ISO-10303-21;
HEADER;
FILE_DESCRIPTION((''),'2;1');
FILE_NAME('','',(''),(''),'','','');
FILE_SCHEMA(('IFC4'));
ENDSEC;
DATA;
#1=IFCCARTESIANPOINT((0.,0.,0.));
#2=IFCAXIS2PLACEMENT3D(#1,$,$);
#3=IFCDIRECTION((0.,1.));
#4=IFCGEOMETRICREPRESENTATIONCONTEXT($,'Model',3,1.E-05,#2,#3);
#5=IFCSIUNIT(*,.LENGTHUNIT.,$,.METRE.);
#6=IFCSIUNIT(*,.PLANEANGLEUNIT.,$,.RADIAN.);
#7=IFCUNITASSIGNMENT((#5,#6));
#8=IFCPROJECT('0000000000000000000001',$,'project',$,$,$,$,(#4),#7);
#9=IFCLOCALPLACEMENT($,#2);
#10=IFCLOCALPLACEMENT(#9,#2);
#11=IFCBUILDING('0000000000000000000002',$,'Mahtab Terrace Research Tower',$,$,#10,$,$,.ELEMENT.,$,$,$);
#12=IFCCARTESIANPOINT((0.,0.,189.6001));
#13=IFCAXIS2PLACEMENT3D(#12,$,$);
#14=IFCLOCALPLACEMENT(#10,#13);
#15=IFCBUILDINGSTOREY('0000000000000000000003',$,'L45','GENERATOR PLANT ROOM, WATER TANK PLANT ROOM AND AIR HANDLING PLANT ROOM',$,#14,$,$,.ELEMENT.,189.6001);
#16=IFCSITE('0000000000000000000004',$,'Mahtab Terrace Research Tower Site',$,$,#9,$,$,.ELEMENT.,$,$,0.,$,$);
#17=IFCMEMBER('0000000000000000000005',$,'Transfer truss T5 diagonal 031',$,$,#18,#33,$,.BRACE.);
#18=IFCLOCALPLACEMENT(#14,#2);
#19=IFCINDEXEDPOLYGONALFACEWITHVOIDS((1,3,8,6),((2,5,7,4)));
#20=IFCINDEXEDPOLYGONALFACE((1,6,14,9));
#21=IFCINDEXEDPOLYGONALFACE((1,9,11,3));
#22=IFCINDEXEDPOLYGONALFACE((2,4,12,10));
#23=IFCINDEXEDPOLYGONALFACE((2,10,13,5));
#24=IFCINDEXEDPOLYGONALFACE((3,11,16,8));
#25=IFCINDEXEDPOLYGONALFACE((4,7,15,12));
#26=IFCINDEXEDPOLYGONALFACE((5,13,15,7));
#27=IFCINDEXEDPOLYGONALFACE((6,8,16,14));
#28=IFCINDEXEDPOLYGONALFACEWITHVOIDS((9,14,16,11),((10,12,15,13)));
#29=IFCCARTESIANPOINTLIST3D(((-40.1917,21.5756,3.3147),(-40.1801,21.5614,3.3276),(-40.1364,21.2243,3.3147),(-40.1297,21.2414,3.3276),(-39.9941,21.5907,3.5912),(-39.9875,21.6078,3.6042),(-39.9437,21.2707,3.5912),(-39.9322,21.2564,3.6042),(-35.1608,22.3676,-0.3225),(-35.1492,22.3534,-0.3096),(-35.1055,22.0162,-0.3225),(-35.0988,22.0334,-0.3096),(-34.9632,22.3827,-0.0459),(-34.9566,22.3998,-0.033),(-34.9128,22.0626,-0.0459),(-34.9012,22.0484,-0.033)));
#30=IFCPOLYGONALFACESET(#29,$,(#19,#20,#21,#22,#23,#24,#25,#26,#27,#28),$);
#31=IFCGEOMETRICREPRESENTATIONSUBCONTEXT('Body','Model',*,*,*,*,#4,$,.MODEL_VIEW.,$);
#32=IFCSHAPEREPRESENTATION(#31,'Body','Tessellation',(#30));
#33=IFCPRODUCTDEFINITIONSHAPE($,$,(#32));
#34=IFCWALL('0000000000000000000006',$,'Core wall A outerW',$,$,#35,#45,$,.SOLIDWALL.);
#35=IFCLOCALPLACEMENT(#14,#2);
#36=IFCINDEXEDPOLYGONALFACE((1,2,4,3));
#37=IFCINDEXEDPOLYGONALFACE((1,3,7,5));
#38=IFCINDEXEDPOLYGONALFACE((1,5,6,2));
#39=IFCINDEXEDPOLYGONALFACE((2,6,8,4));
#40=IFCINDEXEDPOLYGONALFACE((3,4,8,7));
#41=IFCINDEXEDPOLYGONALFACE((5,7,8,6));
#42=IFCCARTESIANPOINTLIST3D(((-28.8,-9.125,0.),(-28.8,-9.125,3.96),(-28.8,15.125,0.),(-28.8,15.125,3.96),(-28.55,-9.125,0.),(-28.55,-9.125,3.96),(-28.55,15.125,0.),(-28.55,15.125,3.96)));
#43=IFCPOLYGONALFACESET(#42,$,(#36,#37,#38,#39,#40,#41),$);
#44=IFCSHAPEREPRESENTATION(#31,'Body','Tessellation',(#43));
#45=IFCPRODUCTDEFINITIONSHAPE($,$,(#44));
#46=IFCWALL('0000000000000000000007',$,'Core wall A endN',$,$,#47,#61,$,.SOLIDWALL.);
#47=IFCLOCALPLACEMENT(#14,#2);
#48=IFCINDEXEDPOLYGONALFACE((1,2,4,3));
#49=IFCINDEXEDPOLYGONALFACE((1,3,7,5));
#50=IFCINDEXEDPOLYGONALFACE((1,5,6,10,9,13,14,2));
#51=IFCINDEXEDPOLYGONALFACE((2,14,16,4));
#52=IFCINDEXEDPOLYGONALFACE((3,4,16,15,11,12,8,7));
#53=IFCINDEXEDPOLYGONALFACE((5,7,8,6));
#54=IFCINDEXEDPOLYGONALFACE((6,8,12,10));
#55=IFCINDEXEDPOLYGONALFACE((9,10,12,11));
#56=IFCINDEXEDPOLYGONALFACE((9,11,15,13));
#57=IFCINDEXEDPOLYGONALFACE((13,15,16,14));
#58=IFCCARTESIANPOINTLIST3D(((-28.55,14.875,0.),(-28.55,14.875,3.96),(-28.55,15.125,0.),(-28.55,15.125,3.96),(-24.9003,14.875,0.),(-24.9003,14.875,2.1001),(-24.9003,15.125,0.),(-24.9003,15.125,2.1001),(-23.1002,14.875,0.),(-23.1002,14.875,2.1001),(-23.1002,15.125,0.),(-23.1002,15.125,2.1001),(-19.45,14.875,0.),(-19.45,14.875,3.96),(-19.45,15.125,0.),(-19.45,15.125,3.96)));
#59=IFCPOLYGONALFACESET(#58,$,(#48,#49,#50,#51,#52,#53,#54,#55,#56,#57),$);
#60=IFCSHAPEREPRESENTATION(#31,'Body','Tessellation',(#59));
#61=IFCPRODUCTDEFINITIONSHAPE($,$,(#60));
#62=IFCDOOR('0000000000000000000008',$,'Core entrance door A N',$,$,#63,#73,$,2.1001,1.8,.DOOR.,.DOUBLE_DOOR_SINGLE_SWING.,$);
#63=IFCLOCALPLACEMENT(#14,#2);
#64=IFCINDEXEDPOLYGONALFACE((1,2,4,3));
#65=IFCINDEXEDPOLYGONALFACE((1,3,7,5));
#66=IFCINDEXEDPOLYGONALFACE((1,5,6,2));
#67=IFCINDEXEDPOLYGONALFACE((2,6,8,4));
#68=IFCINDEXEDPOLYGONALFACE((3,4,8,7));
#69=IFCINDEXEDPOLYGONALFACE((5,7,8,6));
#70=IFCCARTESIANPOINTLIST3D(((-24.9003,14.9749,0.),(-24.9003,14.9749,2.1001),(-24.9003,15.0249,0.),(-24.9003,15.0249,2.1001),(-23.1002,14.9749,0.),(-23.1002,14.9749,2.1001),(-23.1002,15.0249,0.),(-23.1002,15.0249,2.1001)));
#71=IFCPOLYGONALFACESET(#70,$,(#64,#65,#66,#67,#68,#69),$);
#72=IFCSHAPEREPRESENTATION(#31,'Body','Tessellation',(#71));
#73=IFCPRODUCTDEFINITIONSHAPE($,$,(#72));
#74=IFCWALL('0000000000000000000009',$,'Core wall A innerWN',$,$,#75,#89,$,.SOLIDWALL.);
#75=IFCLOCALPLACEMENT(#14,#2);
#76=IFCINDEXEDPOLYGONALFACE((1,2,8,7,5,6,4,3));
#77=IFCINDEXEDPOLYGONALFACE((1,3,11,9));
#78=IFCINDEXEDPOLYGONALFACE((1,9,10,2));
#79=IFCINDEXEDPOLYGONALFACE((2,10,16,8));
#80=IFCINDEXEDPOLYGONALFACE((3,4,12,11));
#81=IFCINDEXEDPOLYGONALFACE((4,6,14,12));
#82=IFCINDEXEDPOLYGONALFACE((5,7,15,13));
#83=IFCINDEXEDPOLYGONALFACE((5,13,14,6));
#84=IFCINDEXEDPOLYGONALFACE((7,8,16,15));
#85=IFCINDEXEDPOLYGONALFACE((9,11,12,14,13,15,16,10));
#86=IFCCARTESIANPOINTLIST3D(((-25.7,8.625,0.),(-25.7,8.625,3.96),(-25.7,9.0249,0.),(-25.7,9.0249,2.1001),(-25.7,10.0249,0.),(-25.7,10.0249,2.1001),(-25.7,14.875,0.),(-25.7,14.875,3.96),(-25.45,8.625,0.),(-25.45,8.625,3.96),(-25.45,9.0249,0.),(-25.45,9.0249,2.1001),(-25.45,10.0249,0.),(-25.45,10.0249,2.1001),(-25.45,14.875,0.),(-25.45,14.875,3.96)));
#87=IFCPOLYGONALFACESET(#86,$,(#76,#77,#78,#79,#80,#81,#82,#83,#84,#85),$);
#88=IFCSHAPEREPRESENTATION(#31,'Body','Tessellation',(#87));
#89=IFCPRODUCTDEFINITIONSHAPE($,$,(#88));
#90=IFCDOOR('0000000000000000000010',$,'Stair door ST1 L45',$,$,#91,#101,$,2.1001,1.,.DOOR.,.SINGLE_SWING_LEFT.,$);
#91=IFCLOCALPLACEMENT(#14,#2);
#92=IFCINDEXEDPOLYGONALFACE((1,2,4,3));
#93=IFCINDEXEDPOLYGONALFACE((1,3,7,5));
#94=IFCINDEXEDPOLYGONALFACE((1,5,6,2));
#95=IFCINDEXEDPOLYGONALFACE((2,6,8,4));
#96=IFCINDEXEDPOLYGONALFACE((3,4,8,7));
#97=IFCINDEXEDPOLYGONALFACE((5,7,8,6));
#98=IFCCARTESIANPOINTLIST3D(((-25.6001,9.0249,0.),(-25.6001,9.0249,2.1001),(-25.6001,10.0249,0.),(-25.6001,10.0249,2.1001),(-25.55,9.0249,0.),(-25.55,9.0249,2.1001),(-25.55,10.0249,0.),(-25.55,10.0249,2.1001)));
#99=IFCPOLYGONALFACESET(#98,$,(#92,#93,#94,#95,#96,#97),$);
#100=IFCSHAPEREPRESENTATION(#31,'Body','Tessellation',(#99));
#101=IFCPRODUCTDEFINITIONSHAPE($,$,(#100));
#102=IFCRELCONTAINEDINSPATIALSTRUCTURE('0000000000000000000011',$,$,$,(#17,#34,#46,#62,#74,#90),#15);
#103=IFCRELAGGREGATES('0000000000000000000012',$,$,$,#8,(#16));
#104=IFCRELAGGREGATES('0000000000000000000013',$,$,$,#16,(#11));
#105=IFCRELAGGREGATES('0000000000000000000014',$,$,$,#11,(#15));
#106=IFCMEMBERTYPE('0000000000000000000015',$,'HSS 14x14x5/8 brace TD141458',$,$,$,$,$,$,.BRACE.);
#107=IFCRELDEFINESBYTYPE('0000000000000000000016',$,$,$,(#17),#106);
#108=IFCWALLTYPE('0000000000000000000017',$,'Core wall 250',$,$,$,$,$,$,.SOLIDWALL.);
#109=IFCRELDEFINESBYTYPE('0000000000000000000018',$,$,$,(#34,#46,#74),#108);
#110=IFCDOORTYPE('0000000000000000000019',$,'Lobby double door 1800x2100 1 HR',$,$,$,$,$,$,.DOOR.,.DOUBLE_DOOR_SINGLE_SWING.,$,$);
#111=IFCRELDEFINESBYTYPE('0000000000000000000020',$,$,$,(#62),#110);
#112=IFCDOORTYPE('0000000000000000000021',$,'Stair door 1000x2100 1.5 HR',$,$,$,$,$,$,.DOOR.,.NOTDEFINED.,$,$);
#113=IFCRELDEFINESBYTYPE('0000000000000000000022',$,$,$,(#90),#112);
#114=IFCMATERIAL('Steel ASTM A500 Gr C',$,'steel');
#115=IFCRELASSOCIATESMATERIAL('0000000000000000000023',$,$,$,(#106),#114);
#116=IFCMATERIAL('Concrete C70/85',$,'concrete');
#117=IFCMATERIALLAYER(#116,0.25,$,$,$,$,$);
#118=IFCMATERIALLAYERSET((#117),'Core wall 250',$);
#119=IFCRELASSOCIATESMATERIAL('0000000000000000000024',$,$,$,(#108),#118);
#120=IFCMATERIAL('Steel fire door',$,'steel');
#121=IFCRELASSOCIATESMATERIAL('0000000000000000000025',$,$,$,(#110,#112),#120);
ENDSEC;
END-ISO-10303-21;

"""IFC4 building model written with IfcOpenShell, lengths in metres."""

from ifc_helpers import new_model, si_unit, direction, frame, frame_2d, origin, origin_2d, place, context, subcontext, project, spatial, rectangle, hollow_rectangle, extrude, material, layer, layer_set, material_profile, profile_set, type_object, element, fill, save


model = new_model("IFC4")

# Units and contexts
model_context = context("Model", 3, precision=1e-05, world=origin(), true_north=direction((0.0, 1.0)))
body_context = subcontext(model_context, "Body", "Model", "MODEL_VIEW")
ifc_project = project(units=[si_unit("LENGTHUNIT", "METRE"), si_unit("PLANEANGLEUNIT", "RADIAN")], contexts=[model_context])

# Site, building, storey
site_placement = place(None, origin())
site = spatial("IfcSite", under=ifc_project, at=site_placement, Name="Mahtab Terrace Research Tower Site", CompositionType="ELEMENT", RefElevation=0.0)
building_placement = place(site_placement, origin())
building = spatial("IfcBuilding", under=site, at=building_placement, Name="Mahtab Terrace Research Tower", CompositionType="ELEMENT")
storey_placement = place(building_placement, frame((0.0, 0.0, 189.6001)))
storey = spatial("IfcBuildingStorey", under=building, at=storey_placement, Name="L45", Description="GENERATOR PLANT ROOM, WATER TANK PLANT ROOM AND AIR HANDLING PLANT ROOM", CompositionType="ELEMENT", Elevation=189.6001)

# Member
ifc_material_1 = material(Name="Steel ASTM A500 Gr C", Category="steel")
ifc_material_profile = material_profile(ifc_material_1, hollow_rectangle(XDim=0.3557, YDim=0.3557, WallThickness=0.0159, at=origin_2d()), Name="HSS14X14X5/8")
ifc_profile_set = profile_set([ifc_material_profile], Name="Steel ASTM A500 Gr C")
member_type = type_object("IfcMemberType", Name="HSS 14x14x5/8 brace TD141458", PredefinedType="BRACE", material=ifc_profile_set)
member_placement = place(storey_placement, frame((-35.031, 22.208, -0.1777), z_axis=(-0.803881, -0.126549, 0.581172), x_axis=(0.155507, -0.987835, 0.0)))
element("IfcMember", 1, at=member_placement, inside=storey, type_object=member_type, Name="Transfer truss T5 diagonal 031", PredefinedType="BRACE", context=body_context, shape_type="SweptSolid", body=[
    extrude(hollow_rectangle(XDim=0.3557, YDim=0.3557, WallThickness=0.0159, at=origin_2d()), origin(), (0.0, 0.0, 1.0), 6.2583),
])

# Wall
ifc_material_2 = material(Name="Concrete C70/85", Category="concrete")
ifc_layer_1 = layer(ifc_material_2, 0.25)
ifc_layer_set_1 = layer_set([ifc_layer_1], Name="Core wall 250")
wall_type_1 = type_object("IfcWallType", Name="Core wall 250", PredefinedType="SOLIDWALL", material=ifc_layer_set_1)
wall_1_placement = place(storey_placement, frame((-28.675, 15.125, 0.0), z_axis=(0.0, 0.0, 1.0), x_axis=(0.0, -1.0, 0.0)))
element("IfcWall", 2, at=wall_1_placement, inside=storey, type_object=wall_type_1, Name="Core wall A outerW", PredefinedType="SOLIDWALL", context=body_context, shape_type="SweptSolid", body=[
    extrude(rectangle(XDim=24.25, YDim=0.25, at=frame_2d((12.125, 0.0))), origin(), (0.0, 0.0, 1.0), 3.96),
])

# Walls, openings, doors
wall_2_placement = place(storey_placement, frame((-28.55, 15.0, 0.0), z_axis=(0.0, 0.0, 1.0), x_axis=(1.0, 0.0, 0.0)))
wall_2 = element("IfcWall", 3, at=wall_2_placement, inside=storey, type_object=wall_type_1, Name="Core wall A endN", PredefinedType="SOLIDWALL", context=body_context, shape_type="SweptSolid", body=[
    extrude(rectangle(XDim=9.1001, YDim=0.25, at=frame_2d((4.55, 0.0))), origin(), (0.0, 0.0, 1.0), 3.96),
])
opening_1_placement = place(wall_2_placement, frame((3.6499, 0.0, 0.0)))
opening_1 = element("IfcOpeningElement", 4, at=opening_1_placement, cuts=wall_2, PredefinedType="OPENING", context=body_context, shape_type="SweptSolid", body=[
    extrude(rectangle(XDim=1.8, YDim=2.1001, at=frame_2d((0.8999, 1.05))), frame((0.0, 0.135, 0.0), z_axis=(0.0, -1.0, 0.0), x_axis=(1.0, 0.0, 0.0)), (0.0, 0.0, 1.0), 0.27),
])
ifc_material_3 = material(Name="Steel fire door", Category="steel")
door_type_1 = type_object("IfcDoorType", Name="Lobby double door 1800x2100 1 HR", OperationType="DOUBLE_DOOR_SINGLE_SWING", PredefinedType="DOOR", material=ifc_material_3)
door_1_placement = place(opening_1_placement, origin())
door_1 = element("IfcDoor", 5, at=door_1_placement, inside=storey, type_object=door_type_1, Name="Core entrance door A N", OperationType="DOUBLE_DOOR_SINGLE_SWING", OverallHeight=2.1001, OverallWidth=1.8, PredefinedType="DOOR", context=body_context, shape_type="SweptSolid", body=[
    extrude(rectangle(XDim=1.8, YDim=2.1001, at=frame_2d((0.8999, 1.05))), frame((0.0, 0.0249, 0.0), z_axis=(0.0, -1.0, 0.0), x_axis=(1.0, 0.0, 0.0)), (0.0, 0.0, 1.0), 0.05),
])
fill(opening_1, door_1)
wall_3_placement = place(storey_placement, frame((-25.575, 14.875, 0.0), z_axis=(0.0, 0.0, 1.0), x_axis=(0.0, -1.0, 0.0)))
wall_3 = element("IfcWall", 6, at=wall_3_placement, inside=storey, type_object=wall_type_1, Name="Core wall A innerWN", PredefinedType="SOLIDWALL", context=body_context, shape_type="SweptSolid", body=[
    extrude(rectangle(XDim=6.25, YDim=0.25, at=frame_2d((3.125, 0.0))), origin(), (0.0, 0.0, 1.0), 3.96),
])
opening_2_placement = place(wall_3_placement, frame((4.8501, 0.0, 0.0)))
opening_2 = element("IfcOpeningElement", 7, at=opening_2_placement, cuts=wall_3, PredefinedType="OPENING", context=body_context, shape_type="SweptSolid", body=[
    extrude(rectangle(XDim=1.0, YDim=2.1001, at=frame_2d((0.5, 1.05))), frame((0.0, 0.135, 0.0), z_axis=(0.0, -1.0, 0.0), x_axis=(1.0, 0.0, 0.0)), (0.0, 0.0, 1.0), 0.27),
])
door_type_2 = type_object("IfcDoorType", Name="Stair door 1000x2100 1.5 HR", OperationType="NOTDEFINED", PredefinedType="DOOR", material=ifc_material_3)
door_2_placement = place(opening_2_placement, origin())
door_2 = element("IfcDoor", 8, at=door_2_placement, inside=storey, type_object=door_type_2, Name="Stair door ST1 L45", OperationType="SINGLE_SWING_LEFT", OverallHeight=2.1001, OverallWidth=1.0, PredefinedType="DOOR", context=body_context, shape_type="SweptSolid", body=[
    extrude(rectangle(XDim=1.0, YDim=2.1001, at=frame_2d((0.5, 1.05))), frame((0.0, 0.0249, 0.0), z_axis=(0.0, -1.0, 0.0), x_axis=(1.0, 0.0, 0.0)), (0.0, 0.0, 1.0), 0.05),
])
fill(opening_2, door_2)

save(model, "model.ifc")
